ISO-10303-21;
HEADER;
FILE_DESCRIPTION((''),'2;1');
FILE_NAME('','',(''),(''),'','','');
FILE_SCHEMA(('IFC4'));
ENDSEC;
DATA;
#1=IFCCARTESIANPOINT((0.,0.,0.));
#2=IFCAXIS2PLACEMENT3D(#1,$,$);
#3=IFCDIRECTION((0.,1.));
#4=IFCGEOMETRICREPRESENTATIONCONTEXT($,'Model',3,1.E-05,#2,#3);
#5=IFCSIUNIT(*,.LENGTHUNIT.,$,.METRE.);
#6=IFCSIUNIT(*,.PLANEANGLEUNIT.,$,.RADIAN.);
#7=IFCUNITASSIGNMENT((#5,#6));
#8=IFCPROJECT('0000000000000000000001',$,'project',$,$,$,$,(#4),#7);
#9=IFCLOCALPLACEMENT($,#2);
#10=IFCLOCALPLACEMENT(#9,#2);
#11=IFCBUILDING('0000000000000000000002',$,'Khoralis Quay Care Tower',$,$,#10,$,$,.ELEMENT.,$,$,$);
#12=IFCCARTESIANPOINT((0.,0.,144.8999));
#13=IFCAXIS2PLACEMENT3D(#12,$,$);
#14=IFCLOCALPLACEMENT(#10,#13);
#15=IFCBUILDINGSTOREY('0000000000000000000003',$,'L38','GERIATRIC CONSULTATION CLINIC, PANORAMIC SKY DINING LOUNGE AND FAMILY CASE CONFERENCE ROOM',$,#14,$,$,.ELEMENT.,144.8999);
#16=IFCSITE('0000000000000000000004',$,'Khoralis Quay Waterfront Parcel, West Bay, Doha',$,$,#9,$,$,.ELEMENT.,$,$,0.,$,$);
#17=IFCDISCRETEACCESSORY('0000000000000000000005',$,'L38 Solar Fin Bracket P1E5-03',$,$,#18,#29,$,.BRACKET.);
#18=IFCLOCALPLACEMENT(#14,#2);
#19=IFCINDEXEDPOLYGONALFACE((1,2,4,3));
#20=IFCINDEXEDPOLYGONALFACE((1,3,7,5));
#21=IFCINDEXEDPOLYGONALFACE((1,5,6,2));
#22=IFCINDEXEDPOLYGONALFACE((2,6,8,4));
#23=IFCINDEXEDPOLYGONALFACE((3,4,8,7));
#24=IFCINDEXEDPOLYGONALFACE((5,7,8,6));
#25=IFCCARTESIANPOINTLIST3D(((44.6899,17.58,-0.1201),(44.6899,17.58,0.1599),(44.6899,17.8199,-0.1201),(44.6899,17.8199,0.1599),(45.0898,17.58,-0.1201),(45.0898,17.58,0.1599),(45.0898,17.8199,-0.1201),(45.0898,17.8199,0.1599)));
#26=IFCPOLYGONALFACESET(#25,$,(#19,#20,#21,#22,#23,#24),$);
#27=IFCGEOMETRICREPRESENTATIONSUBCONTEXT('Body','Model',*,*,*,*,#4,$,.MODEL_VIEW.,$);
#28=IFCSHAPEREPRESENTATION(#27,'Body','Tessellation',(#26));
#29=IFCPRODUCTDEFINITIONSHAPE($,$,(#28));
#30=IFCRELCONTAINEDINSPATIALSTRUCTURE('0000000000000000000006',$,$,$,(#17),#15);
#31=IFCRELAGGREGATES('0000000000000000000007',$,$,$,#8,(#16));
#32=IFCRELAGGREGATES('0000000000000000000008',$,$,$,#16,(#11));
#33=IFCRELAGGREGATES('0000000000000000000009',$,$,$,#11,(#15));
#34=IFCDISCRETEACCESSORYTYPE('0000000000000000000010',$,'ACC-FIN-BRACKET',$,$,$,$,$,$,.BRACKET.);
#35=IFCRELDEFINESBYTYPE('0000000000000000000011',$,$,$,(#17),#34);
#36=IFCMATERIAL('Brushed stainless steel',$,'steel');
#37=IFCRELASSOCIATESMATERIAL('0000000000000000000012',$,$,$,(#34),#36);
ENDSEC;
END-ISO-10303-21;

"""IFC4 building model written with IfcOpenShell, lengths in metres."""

from ifc_helpers import new_model, si_unit, direction, frame, origin, origin_2d, place, context, subcontext, project, spatial, rectangle, extrude, source, transform, mapped, material, type_object, element, save


model = new_model("IFC4")

# Units and contexts
model_context = context("Model", 3, precision=1e-05, world=origin(), true_north=direction((0.0, 1.0)))
body_context = subcontext(model_context, "Body", "Model", "MODEL_VIEW")
ifc_project = project(units=[si_unit("LENGTHUNIT", "METRE"), si_unit("PLANEANGLEUNIT", "RADIAN")], contexts=[model_context])

# Site, building, storey
site_placement = place(None, origin())
site = spatial("IfcSite", under=ifc_project, at=site_placement, Name="Khoralis Quay Waterfront Parcel, West Bay, Doha", CompositionType="ELEMENT", RefElevation=0.0)
building_placement = place(site_placement, origin())
building = spatial("IfcBuilding", under=site, at=building_placement, Name="Khoralis Quay Care Tower", CompositionType="ELEMENT")
storey_placement = place(building_placement, frame((0.0, 0.0, 144.8999)))
storey = spatial("IfcBuildingStorey", under=building, at=storey_placement, Name="L38", Description="GERIATRIC CONSULTATION CLINIC, PANORAMIC SKY DINING LOUNGE AND FAMILY CASE CONFERENCE ROOM", CompositionType="ELEMENT", Elevation=144.8999)

# Shared definitions
ifc_material_1 = material(Name="Brushed stainless steel", Category="steel")

# Discrete accessory
discrete_accessory_type = type_object("IfcDiscreteAccessoryType", Name="ACC-FIN-BRACKET", PredefinedType="BRACKET", material=ifc_material_1)
shared_shape_1 = source(origin(), body_context, "Body", "SweptSolid", [
    extrude(rectangle(XDim=0.3999, YDim=0.24, at=origin_2d()), origin(), (0.0, 0.0, 1.0), 0.28),
])
for number, where, z_axis, x_axis, name in (
    (1, (44.8899, 17.7, -0.1201), (0.0, 0.0, 1.0), (1.0, 0.0, 0.0), "L38 Solar Fin Bracket P1E5-03"),
):
    element("IfcDiscreteAccessory", number, at=place(storey_placement, frame(where, z_axis=z_axis, x_axis=x_axis)), inside=storey, type_object=discrete_accessory_type, Name=name, PredefinedType="BRACKET", context=body_context, shape_type="MappedRepresentation", body=[
        mapped(shared_shape_1, transform((0.0, 0.0, 0.0), scale=1.0)),
    ])

save(model, "model.ifc")
